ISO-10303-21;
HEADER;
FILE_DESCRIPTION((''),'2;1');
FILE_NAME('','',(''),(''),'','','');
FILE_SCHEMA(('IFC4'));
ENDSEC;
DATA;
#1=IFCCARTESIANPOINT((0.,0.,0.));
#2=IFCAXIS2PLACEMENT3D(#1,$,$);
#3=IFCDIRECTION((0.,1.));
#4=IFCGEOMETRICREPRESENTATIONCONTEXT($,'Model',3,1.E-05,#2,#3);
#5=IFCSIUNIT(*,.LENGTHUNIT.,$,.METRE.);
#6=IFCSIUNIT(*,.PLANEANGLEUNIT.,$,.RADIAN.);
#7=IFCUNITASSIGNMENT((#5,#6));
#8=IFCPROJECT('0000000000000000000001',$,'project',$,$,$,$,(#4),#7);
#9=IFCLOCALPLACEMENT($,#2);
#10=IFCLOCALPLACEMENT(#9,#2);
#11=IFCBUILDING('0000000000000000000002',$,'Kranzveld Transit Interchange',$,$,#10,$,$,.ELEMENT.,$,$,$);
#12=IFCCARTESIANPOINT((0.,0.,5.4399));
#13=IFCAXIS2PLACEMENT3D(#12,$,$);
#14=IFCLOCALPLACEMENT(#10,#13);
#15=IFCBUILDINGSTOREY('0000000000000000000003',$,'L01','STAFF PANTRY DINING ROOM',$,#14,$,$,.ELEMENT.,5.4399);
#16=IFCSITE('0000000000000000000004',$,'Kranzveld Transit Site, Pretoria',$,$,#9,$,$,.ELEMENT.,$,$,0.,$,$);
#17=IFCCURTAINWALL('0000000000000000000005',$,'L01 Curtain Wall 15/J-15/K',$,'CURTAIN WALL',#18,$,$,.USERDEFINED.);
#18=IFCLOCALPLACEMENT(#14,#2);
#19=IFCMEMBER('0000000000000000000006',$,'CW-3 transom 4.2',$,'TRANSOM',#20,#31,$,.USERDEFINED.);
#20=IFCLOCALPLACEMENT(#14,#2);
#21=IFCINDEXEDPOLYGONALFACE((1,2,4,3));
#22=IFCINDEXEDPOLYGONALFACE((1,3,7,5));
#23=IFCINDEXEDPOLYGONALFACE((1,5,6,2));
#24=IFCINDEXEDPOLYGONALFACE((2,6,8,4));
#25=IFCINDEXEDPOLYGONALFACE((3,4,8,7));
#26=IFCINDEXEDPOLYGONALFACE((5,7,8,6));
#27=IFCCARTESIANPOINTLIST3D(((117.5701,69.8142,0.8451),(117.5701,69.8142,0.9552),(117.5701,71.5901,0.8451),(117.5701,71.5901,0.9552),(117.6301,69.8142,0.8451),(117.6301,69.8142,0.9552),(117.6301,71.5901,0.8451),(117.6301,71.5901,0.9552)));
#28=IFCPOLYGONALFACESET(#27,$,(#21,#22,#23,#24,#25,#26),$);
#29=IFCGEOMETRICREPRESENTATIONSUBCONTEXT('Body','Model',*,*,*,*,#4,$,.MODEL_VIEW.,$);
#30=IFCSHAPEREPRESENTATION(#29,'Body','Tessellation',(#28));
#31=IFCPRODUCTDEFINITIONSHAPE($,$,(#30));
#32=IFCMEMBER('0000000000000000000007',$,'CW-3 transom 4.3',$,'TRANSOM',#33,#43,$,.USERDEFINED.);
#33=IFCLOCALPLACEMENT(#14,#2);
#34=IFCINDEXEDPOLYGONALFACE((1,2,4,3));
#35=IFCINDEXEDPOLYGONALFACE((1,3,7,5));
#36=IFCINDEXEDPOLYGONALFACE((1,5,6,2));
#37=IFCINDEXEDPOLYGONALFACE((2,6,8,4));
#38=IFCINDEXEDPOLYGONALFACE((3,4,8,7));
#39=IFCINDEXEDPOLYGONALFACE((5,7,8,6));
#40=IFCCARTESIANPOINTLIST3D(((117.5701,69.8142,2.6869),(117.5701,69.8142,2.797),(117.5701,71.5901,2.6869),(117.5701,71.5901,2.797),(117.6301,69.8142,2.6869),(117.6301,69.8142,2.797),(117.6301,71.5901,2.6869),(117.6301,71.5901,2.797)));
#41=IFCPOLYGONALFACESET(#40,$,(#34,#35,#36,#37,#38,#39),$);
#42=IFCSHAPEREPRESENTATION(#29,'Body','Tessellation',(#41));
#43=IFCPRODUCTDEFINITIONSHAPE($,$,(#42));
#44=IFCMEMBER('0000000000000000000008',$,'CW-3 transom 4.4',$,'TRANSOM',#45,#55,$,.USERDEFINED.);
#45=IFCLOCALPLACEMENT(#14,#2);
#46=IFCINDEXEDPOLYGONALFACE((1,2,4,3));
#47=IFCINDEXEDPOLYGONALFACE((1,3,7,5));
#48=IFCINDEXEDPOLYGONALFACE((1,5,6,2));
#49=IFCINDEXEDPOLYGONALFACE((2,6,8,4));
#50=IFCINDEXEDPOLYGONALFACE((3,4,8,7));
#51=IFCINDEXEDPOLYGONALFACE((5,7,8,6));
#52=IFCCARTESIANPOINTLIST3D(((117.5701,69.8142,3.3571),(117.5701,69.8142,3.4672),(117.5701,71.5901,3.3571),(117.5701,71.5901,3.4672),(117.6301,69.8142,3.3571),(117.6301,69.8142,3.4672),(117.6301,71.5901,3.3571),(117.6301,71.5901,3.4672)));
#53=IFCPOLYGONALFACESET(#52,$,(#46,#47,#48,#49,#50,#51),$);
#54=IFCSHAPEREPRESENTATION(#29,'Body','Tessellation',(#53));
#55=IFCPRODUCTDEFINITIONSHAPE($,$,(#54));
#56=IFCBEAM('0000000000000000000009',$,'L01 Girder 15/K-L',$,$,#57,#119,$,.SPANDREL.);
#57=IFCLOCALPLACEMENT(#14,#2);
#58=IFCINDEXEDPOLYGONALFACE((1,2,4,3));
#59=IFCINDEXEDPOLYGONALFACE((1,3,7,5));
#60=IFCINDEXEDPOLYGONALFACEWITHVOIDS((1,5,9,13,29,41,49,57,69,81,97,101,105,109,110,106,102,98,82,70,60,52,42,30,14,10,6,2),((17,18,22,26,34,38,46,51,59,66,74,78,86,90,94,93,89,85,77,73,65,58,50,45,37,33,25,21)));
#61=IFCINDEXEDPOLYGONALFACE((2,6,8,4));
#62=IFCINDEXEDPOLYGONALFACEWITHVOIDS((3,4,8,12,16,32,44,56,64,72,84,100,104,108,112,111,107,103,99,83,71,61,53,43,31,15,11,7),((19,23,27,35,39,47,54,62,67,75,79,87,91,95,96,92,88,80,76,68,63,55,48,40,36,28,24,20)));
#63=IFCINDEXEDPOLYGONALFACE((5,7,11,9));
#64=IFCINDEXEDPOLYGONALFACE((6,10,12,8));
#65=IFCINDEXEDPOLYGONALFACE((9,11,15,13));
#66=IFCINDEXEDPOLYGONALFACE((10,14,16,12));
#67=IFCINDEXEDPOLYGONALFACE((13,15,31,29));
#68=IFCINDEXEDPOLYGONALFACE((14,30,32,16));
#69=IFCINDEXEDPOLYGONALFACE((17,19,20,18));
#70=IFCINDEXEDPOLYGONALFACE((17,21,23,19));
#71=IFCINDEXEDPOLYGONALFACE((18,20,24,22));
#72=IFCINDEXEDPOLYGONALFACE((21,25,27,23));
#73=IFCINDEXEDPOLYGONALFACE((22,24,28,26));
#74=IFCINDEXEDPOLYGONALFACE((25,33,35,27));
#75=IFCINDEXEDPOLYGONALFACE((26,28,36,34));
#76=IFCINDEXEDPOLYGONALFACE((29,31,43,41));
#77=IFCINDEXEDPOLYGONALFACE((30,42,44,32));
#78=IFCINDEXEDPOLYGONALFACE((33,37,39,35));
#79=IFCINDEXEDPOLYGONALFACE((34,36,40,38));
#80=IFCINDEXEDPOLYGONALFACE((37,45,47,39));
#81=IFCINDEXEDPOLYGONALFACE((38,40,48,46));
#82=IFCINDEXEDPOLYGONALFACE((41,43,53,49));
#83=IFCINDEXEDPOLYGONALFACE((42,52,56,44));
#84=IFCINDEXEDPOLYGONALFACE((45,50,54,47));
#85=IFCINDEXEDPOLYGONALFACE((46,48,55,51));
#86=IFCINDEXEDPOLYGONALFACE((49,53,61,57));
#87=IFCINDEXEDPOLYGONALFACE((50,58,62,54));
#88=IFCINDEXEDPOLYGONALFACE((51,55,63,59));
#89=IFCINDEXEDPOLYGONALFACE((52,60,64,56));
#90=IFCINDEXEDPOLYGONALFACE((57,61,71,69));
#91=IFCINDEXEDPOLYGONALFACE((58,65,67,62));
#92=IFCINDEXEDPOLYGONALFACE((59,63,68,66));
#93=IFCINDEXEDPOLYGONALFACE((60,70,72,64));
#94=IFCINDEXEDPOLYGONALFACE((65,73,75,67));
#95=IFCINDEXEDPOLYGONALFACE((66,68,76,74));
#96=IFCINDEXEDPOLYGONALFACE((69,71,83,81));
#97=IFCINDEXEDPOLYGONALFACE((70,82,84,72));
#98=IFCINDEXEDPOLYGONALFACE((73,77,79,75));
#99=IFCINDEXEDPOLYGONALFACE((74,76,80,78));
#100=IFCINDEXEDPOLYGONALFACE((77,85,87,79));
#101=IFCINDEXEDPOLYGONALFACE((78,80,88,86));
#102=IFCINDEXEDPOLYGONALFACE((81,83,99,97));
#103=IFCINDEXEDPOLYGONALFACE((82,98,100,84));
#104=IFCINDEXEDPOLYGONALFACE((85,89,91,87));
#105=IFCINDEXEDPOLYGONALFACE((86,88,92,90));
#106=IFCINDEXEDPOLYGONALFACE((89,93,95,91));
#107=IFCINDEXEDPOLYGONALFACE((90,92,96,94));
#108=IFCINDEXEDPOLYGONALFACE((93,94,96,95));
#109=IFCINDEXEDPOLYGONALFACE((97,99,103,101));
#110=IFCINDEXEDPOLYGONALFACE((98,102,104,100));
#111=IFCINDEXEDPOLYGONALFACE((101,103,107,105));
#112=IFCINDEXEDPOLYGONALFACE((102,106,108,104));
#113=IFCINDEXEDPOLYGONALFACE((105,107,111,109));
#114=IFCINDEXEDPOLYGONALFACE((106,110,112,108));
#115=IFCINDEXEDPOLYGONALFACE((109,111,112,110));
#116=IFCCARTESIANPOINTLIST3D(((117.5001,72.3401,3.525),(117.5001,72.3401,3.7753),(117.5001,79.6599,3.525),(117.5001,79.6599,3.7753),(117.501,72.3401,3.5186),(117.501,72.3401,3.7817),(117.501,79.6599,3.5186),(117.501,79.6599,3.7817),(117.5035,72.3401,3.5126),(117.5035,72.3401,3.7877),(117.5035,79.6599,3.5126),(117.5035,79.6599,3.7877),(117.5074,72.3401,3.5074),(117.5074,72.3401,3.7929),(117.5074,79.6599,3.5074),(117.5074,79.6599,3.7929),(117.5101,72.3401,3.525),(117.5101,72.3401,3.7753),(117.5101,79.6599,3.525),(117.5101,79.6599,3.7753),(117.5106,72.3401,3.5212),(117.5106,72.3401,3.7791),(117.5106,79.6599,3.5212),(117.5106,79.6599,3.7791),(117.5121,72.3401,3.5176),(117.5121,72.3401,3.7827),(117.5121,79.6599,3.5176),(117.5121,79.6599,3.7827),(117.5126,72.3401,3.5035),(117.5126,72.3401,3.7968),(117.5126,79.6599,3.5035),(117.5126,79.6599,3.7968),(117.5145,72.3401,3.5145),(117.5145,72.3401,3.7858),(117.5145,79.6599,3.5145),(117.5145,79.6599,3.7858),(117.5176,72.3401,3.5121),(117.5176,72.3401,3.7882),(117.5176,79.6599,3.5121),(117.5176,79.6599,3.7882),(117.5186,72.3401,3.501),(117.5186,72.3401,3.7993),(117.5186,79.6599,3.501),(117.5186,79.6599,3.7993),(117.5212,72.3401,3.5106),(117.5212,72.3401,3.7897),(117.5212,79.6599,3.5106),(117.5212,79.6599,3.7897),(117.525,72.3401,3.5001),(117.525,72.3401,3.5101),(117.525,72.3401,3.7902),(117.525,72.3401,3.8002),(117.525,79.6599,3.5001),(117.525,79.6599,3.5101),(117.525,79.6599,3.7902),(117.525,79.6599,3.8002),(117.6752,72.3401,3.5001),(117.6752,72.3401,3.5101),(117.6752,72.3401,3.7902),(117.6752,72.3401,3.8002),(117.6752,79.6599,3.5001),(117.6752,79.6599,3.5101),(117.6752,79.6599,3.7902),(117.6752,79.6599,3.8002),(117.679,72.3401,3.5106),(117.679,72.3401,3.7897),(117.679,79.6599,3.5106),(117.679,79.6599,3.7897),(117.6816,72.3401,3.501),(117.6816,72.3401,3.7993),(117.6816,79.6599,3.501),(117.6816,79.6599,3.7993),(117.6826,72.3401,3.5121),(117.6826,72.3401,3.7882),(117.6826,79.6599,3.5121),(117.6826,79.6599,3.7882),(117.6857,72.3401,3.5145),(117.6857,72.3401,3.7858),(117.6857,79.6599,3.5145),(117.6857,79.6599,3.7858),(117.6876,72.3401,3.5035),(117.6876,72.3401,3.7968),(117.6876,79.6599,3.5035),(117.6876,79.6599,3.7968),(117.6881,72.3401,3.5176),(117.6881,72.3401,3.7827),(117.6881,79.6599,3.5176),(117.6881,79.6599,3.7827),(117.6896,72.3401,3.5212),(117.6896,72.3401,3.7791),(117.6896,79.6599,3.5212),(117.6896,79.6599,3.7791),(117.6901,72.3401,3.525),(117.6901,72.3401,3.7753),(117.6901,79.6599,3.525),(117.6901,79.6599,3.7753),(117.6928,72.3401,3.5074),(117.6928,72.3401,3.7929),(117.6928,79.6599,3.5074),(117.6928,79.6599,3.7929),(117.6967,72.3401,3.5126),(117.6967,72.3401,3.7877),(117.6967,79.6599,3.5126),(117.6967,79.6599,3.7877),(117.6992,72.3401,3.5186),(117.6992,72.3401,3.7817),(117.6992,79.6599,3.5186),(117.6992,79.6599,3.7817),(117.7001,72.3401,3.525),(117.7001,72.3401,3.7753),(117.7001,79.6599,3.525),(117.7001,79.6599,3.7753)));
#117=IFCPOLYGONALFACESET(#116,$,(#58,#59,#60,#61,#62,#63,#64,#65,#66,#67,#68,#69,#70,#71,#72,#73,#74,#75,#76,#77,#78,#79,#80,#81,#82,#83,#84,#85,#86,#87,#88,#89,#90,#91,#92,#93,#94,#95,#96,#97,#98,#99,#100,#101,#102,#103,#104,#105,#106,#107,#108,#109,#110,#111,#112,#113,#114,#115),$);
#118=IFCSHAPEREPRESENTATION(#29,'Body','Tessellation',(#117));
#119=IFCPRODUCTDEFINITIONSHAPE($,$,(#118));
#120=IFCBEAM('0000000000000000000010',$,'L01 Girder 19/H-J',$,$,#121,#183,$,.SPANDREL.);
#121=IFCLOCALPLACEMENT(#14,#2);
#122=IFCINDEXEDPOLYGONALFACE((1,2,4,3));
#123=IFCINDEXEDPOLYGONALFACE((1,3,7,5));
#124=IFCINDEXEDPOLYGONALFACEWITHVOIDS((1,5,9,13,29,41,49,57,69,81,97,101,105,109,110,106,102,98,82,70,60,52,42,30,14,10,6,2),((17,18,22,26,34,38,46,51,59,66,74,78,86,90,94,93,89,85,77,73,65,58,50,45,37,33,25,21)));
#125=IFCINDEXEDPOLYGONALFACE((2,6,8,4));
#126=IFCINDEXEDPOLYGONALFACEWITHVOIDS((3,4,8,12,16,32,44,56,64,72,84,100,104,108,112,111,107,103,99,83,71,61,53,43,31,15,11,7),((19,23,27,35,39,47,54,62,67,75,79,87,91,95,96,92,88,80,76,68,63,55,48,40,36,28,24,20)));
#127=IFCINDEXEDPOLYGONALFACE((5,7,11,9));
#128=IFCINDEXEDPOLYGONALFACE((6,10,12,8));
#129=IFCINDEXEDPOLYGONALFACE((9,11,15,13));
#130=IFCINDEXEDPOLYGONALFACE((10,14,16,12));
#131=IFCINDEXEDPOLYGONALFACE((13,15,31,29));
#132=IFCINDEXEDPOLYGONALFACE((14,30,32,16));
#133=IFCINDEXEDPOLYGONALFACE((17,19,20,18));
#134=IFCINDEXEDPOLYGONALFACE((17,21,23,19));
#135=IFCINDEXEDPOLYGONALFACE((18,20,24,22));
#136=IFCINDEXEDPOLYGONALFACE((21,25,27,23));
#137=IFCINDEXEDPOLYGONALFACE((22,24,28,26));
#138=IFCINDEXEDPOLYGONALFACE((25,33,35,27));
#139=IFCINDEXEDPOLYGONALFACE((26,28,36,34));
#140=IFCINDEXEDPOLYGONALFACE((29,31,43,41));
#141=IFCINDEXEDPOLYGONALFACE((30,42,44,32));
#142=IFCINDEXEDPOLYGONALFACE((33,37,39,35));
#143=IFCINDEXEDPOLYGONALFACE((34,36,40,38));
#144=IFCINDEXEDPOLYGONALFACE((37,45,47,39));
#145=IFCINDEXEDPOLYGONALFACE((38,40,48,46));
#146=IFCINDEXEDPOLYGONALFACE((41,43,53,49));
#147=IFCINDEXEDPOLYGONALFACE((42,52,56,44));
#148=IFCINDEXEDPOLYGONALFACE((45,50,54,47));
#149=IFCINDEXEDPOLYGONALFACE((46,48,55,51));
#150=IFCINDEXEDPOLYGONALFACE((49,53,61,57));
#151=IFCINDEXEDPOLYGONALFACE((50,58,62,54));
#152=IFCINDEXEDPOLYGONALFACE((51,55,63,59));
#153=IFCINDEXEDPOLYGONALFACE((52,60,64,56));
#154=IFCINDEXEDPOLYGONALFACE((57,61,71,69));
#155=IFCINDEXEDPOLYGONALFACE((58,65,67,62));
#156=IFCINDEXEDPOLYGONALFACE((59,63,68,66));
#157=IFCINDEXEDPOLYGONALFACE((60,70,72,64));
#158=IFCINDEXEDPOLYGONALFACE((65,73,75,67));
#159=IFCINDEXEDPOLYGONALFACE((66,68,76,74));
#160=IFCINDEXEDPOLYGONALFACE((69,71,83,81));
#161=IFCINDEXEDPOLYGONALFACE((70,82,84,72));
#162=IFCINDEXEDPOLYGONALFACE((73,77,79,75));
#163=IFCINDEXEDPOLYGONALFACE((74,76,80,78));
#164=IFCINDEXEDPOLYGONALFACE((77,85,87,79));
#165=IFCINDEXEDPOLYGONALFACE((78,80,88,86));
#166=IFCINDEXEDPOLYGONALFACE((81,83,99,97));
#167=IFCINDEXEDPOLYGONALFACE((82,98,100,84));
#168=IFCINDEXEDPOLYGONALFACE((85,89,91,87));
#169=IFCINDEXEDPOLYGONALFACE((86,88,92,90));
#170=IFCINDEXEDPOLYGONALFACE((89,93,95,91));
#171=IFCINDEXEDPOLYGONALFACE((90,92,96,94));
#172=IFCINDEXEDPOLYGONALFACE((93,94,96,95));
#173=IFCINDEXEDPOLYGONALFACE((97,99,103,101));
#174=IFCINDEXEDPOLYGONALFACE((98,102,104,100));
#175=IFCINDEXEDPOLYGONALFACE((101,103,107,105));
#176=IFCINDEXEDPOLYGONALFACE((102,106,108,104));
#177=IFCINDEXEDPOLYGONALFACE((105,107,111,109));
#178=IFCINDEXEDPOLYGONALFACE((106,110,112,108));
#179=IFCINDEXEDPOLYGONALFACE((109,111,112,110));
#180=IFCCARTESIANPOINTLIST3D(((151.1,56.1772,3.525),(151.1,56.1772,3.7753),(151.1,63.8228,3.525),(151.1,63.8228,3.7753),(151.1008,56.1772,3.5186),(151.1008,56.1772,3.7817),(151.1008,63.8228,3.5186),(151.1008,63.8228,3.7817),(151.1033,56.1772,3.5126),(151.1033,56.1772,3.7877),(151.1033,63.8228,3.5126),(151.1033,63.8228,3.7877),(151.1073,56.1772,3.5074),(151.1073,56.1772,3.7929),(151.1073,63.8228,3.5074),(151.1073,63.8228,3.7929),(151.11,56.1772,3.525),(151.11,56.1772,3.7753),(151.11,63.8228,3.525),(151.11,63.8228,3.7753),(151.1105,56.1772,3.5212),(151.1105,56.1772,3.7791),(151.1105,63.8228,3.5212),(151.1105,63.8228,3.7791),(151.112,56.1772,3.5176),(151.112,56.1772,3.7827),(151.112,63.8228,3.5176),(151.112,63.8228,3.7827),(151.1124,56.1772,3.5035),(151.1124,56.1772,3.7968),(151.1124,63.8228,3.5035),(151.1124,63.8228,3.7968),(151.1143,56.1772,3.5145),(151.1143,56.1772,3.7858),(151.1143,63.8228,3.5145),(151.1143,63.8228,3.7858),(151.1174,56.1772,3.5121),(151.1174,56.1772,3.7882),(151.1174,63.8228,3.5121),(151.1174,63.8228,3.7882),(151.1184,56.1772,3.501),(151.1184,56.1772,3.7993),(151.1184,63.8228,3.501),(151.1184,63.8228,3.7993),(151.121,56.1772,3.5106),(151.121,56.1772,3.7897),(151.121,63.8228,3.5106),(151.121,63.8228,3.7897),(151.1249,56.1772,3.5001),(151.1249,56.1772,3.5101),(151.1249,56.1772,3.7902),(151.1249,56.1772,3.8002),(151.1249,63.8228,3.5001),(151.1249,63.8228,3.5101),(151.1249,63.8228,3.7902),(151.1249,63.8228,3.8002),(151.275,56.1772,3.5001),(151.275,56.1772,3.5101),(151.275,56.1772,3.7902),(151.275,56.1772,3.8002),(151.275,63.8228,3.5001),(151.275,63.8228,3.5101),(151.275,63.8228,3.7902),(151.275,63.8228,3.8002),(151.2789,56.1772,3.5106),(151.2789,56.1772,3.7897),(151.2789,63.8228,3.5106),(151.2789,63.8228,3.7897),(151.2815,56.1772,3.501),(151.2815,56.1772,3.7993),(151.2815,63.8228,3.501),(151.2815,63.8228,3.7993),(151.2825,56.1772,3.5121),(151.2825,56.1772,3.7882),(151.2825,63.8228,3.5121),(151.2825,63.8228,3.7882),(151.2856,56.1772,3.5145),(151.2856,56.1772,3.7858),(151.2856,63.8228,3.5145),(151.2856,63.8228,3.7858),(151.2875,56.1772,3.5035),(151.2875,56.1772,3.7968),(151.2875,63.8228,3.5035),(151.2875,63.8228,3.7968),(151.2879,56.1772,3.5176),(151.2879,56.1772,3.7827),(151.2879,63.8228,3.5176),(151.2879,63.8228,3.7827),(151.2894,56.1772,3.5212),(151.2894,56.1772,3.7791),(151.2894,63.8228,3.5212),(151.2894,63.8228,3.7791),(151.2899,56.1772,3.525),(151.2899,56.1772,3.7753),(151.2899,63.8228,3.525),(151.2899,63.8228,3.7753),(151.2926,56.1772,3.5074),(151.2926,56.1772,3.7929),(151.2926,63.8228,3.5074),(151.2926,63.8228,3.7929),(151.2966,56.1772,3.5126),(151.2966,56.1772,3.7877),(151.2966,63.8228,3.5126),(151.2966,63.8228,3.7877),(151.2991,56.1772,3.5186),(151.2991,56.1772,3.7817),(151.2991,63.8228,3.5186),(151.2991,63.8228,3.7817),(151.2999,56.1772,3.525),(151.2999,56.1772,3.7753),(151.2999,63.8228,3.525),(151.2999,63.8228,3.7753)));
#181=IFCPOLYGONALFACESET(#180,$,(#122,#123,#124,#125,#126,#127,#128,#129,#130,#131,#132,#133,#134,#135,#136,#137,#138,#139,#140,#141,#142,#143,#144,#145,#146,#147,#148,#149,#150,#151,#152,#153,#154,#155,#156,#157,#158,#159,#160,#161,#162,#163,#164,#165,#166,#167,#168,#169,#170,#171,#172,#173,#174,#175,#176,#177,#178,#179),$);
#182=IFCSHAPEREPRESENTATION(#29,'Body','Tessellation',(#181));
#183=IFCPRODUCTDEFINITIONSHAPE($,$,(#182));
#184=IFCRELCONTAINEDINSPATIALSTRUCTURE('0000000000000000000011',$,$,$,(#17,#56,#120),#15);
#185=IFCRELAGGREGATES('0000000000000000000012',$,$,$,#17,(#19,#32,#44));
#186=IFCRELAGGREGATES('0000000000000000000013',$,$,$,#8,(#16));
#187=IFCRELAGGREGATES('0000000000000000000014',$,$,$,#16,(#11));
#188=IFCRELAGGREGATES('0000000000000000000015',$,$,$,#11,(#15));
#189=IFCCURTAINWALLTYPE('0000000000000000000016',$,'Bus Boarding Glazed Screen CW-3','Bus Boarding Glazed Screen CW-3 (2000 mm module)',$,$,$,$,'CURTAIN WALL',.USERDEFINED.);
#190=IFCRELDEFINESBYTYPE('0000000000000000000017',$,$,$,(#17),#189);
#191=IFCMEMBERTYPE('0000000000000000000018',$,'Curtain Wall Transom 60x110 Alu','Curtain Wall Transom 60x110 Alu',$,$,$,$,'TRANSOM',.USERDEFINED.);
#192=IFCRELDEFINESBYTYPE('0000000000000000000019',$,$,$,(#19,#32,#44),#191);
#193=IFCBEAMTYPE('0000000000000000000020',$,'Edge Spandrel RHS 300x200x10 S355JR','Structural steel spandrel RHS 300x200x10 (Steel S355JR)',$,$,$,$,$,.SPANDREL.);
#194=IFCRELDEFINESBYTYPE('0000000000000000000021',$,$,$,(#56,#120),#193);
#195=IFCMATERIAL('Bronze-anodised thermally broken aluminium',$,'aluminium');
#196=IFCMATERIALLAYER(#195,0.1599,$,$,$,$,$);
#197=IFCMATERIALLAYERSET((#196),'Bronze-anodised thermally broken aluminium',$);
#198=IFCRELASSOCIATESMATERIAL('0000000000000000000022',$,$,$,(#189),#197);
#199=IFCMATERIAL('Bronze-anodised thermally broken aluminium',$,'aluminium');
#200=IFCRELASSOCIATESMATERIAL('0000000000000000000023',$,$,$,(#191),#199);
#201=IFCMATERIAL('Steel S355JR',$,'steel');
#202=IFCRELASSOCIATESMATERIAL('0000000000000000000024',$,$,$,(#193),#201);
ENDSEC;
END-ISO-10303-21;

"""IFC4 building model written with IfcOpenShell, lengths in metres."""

from ifc_helpers import new_model, si_unit, direction, frame, origin, origin_2d, place, context, subcontext, project, spatial, rectangle, hollow_rectangle, extrude, material, layer, layer_set, material_profile, profile_set, type_object, element, aggregate, save


model = new_model("IFC4")

# Units and contexts
model_context = context("Model", 3, precision=1e-05, world=origin(), true_north=direction((0.0, 1.0)))
body_context = subcontext(model_context, "Body", "Model", "MODEL_VIEW")
ifc_project = project(units=[si_unit("LENGTHUNIT", "METRE"), si_unit("PLANEANGLEUNIT", "RADIAN")], contexts=[model_context])

# Site, building, storey
site_placement = place(None, origin())
site = spatial("IfcSite", under=ifc_project, at=site_placement, Name="Kranzveld Transit Site, Pretoria", CompositionType="ELEMENT", RefElevation=0.0)
building_placement = place(site_placement, origin())
building = spatial("IfcBuilding", under=site, at=building_placement, Name="Kranzveld Transit Interchange", CompositionType="ELEMENT")
storey_placement = place(building_placement, frame((0.0, 0.0, 5.4399)))
storey = spatial("IfcBuildingStorey", under=building, at=storey_placement, Name="L01", Description="STAFF PANTRY DINING ROOM", CompositionType="ELEMENT", Elevation=5.4399)

# Curtain wall, members
ifc_material_1 = material(Name="Bronze-anodised thermally broken aluminium", Category="aluminium")
ifc_layer_1 = layer(ifc_material_1, 0.1599)
ifc_layer_set_1 = layer_set([ifc_layer_1], Name="Bronze-anodised thermally broken aluminium")
curtain_wall_type = type_object("IfcCurtainWallType", Name="Bus Boarding Glazed Screen CW-3", Description="Bus Boarding Glazed Screen CW-3 (2000 mm module)", ElementType="CURTAIN WALL", PredefinedType="USERDEFINED", material=ifc_layer_set_1)
curtain_wall_placement = place(storey_placement, origin())
curtain_wall = element("IfcCurtainWall", 1, at=curtain_wall_placement, inside=storey, type_object=curtain_wall_type, Name="L01 Curtain Wall 15/J-15/K", ObjectType="CURTAIN WALL", PredefinedType="USERDEFINED")
ifc_material_2 = material(Name="Bronze-anodised thermally broken aluminium", Category="aluminium")
ifc_material_profile_1 = material_profile(ifc_material_2, rectangle(XDim=0.0601, YDim=0.1101, at=origin_2d()), Name="ALU TRANSOM 60x110")
ifc_profile_set_1 = profile_set([ifc_material_profile_1], Name="Bronze-anodised thermally broken aluminium")
member_type_1 = type_object("IfcMemberType", Name="Curtain Wall Transom 60x110 Alu", Description="Curtain Wall Transom 60x110 Alu", ElementType="TRANSOM", PredefinedType="USERDEFINED", material=ifc_profile_set_1)
member_1_placement = place(storey_placement, frame((117.6001, 69.8142, 0.9001), z_axis=(0.0, 1.0, 0.0), x_axis=(-1.0, 0.0, 0.0)))
member_1 = element("IfcMember", 2, at=member_1_placement, type_object=member_type_1, Name="CW-3 transom 4.2", ObjectType="TRANSOM", PredefinedType="USERDEFINED", context=body_context, shape_type="SweptSolid", body=[
    extrude(rectangle(XDim=0.0601, YDim=0.1101, at=origin_2d()), origin(), (0.0, 0.0, 1.0), 1.7759),
])
member_2_placement = place(storey_placement, frame((117.6001, 69.8142, 2.7419), z_axis=(0.0, 1.0, 0.0), x_axis=(-1.0, 0.0, 0.0)))
member_2 = element("IfcMember", 3, at=member_2_placement, type_object=member_type_1, Name="CW-3 transom 4.3", ObjectType="TRANSOM", PredefinedType="USERDEFINED", context=body_context, shape_type="SweptSolid", body=[
    extrude(rectangle(XDim=0.0601, YDim=0.1101, at=origin_2d()), origin(), (0.0, 0.0, 1.0), 1.7759),
])
member_3_placement = place(storey_placement, frame((117.6001, 69.8142, 3.4121), z_axis=(0.0, 1.0, 0.0), x_axis=(-1.0, 0.0, 0.0)))
member_3 = element("IfcMember", 4, at=member_3_placement, type_object=member_type_1, Name="CW-3 transom 4.4", ObjectType="TRANSOM", PredefinedType="USERDEFINED", context=body_context, shape_type="SweptSolid", body=[
    extrude(rectangle(XDim=0.0601, YDim=0.1101, at=origin_2d()), origin(), (0.0, 0.0, 1.0), 1.7759),
])

# Beams
ifc_material_3 = material(Name="Steel S355JR", Category="steel")
ifc_material_profile_2 = material_profile(ifc_material_3, hollow_rectangle(XDim=0.2, YDim=0.3, WallThickness=0.01, InnerFilletRadius=0.0149, OuterFilletRadius=0.0249, at=origin_2d()), Name="RHS 300x200x10")
ifc_profile_set_2 = profile_set([ifc_material_profile_2], Name="Steel S355JR")
beam_type_1 = type_object("IfcBeamType", Name="Edge Spandrel RHS 300x200x10 S355JR", Description="Structural steel spandrel RHS 300x200x10 (Steel S355JR)", PredefinedType="SPANDREL", material=ifc_profile_set_2)
beam_1_placement = place(storey_placement, frame((117.6001, 72.3401, 3.6501), z_axis=(0.0, 1.0, 0.0), x_axis=(-1.0, 0.0, 0.0)))
element("IfcBeam", 5, at=beam_1_placement, inside=storey, type_object=beam_type_1, Name="L01 Girder 15/K-L", PredefinedType="SPANDREL", context=body_context, shape_type="SweptSolid", body=[
    extrude(hollow_rectangle(XDim=0.2, YDim=0.3, WallThickness=0.01, InnerFilletRadius=0.0149, OuterFilletRadius=0.0249, at=origin_2d()), origin(), (0.0, 0.0, 1.0), 7.3198),
])
beam_2_placement = place(storey_placement, frame((151.2, 56.1772, 3.6501), z_axis=(0.0, 1.0, 0.0), x_axis=(-1.0, 0.0, 0.0)))
element("IfcBeam", 6, at=beam_2_placement, inside=storey, type_object=beam_type_1, Name="L01 Girder 19/H-J", PredefinedType="SPANDREL", context=body_context, shape_type="SweptSolid", body=[
    extrude(hollow_rectangle(XDim=0.2, YDim=0.3, WallThickness=0.01, InnerFilletRadius=0.0149, OuterFilletRadius=0.0249, at=origin_2d()), origin(), (0.0, 0.0, 1.0), 7.6455),
])

aggregate(curtain_wall, [member_1, member_2, member_3])

save(model, "model.ifc")
